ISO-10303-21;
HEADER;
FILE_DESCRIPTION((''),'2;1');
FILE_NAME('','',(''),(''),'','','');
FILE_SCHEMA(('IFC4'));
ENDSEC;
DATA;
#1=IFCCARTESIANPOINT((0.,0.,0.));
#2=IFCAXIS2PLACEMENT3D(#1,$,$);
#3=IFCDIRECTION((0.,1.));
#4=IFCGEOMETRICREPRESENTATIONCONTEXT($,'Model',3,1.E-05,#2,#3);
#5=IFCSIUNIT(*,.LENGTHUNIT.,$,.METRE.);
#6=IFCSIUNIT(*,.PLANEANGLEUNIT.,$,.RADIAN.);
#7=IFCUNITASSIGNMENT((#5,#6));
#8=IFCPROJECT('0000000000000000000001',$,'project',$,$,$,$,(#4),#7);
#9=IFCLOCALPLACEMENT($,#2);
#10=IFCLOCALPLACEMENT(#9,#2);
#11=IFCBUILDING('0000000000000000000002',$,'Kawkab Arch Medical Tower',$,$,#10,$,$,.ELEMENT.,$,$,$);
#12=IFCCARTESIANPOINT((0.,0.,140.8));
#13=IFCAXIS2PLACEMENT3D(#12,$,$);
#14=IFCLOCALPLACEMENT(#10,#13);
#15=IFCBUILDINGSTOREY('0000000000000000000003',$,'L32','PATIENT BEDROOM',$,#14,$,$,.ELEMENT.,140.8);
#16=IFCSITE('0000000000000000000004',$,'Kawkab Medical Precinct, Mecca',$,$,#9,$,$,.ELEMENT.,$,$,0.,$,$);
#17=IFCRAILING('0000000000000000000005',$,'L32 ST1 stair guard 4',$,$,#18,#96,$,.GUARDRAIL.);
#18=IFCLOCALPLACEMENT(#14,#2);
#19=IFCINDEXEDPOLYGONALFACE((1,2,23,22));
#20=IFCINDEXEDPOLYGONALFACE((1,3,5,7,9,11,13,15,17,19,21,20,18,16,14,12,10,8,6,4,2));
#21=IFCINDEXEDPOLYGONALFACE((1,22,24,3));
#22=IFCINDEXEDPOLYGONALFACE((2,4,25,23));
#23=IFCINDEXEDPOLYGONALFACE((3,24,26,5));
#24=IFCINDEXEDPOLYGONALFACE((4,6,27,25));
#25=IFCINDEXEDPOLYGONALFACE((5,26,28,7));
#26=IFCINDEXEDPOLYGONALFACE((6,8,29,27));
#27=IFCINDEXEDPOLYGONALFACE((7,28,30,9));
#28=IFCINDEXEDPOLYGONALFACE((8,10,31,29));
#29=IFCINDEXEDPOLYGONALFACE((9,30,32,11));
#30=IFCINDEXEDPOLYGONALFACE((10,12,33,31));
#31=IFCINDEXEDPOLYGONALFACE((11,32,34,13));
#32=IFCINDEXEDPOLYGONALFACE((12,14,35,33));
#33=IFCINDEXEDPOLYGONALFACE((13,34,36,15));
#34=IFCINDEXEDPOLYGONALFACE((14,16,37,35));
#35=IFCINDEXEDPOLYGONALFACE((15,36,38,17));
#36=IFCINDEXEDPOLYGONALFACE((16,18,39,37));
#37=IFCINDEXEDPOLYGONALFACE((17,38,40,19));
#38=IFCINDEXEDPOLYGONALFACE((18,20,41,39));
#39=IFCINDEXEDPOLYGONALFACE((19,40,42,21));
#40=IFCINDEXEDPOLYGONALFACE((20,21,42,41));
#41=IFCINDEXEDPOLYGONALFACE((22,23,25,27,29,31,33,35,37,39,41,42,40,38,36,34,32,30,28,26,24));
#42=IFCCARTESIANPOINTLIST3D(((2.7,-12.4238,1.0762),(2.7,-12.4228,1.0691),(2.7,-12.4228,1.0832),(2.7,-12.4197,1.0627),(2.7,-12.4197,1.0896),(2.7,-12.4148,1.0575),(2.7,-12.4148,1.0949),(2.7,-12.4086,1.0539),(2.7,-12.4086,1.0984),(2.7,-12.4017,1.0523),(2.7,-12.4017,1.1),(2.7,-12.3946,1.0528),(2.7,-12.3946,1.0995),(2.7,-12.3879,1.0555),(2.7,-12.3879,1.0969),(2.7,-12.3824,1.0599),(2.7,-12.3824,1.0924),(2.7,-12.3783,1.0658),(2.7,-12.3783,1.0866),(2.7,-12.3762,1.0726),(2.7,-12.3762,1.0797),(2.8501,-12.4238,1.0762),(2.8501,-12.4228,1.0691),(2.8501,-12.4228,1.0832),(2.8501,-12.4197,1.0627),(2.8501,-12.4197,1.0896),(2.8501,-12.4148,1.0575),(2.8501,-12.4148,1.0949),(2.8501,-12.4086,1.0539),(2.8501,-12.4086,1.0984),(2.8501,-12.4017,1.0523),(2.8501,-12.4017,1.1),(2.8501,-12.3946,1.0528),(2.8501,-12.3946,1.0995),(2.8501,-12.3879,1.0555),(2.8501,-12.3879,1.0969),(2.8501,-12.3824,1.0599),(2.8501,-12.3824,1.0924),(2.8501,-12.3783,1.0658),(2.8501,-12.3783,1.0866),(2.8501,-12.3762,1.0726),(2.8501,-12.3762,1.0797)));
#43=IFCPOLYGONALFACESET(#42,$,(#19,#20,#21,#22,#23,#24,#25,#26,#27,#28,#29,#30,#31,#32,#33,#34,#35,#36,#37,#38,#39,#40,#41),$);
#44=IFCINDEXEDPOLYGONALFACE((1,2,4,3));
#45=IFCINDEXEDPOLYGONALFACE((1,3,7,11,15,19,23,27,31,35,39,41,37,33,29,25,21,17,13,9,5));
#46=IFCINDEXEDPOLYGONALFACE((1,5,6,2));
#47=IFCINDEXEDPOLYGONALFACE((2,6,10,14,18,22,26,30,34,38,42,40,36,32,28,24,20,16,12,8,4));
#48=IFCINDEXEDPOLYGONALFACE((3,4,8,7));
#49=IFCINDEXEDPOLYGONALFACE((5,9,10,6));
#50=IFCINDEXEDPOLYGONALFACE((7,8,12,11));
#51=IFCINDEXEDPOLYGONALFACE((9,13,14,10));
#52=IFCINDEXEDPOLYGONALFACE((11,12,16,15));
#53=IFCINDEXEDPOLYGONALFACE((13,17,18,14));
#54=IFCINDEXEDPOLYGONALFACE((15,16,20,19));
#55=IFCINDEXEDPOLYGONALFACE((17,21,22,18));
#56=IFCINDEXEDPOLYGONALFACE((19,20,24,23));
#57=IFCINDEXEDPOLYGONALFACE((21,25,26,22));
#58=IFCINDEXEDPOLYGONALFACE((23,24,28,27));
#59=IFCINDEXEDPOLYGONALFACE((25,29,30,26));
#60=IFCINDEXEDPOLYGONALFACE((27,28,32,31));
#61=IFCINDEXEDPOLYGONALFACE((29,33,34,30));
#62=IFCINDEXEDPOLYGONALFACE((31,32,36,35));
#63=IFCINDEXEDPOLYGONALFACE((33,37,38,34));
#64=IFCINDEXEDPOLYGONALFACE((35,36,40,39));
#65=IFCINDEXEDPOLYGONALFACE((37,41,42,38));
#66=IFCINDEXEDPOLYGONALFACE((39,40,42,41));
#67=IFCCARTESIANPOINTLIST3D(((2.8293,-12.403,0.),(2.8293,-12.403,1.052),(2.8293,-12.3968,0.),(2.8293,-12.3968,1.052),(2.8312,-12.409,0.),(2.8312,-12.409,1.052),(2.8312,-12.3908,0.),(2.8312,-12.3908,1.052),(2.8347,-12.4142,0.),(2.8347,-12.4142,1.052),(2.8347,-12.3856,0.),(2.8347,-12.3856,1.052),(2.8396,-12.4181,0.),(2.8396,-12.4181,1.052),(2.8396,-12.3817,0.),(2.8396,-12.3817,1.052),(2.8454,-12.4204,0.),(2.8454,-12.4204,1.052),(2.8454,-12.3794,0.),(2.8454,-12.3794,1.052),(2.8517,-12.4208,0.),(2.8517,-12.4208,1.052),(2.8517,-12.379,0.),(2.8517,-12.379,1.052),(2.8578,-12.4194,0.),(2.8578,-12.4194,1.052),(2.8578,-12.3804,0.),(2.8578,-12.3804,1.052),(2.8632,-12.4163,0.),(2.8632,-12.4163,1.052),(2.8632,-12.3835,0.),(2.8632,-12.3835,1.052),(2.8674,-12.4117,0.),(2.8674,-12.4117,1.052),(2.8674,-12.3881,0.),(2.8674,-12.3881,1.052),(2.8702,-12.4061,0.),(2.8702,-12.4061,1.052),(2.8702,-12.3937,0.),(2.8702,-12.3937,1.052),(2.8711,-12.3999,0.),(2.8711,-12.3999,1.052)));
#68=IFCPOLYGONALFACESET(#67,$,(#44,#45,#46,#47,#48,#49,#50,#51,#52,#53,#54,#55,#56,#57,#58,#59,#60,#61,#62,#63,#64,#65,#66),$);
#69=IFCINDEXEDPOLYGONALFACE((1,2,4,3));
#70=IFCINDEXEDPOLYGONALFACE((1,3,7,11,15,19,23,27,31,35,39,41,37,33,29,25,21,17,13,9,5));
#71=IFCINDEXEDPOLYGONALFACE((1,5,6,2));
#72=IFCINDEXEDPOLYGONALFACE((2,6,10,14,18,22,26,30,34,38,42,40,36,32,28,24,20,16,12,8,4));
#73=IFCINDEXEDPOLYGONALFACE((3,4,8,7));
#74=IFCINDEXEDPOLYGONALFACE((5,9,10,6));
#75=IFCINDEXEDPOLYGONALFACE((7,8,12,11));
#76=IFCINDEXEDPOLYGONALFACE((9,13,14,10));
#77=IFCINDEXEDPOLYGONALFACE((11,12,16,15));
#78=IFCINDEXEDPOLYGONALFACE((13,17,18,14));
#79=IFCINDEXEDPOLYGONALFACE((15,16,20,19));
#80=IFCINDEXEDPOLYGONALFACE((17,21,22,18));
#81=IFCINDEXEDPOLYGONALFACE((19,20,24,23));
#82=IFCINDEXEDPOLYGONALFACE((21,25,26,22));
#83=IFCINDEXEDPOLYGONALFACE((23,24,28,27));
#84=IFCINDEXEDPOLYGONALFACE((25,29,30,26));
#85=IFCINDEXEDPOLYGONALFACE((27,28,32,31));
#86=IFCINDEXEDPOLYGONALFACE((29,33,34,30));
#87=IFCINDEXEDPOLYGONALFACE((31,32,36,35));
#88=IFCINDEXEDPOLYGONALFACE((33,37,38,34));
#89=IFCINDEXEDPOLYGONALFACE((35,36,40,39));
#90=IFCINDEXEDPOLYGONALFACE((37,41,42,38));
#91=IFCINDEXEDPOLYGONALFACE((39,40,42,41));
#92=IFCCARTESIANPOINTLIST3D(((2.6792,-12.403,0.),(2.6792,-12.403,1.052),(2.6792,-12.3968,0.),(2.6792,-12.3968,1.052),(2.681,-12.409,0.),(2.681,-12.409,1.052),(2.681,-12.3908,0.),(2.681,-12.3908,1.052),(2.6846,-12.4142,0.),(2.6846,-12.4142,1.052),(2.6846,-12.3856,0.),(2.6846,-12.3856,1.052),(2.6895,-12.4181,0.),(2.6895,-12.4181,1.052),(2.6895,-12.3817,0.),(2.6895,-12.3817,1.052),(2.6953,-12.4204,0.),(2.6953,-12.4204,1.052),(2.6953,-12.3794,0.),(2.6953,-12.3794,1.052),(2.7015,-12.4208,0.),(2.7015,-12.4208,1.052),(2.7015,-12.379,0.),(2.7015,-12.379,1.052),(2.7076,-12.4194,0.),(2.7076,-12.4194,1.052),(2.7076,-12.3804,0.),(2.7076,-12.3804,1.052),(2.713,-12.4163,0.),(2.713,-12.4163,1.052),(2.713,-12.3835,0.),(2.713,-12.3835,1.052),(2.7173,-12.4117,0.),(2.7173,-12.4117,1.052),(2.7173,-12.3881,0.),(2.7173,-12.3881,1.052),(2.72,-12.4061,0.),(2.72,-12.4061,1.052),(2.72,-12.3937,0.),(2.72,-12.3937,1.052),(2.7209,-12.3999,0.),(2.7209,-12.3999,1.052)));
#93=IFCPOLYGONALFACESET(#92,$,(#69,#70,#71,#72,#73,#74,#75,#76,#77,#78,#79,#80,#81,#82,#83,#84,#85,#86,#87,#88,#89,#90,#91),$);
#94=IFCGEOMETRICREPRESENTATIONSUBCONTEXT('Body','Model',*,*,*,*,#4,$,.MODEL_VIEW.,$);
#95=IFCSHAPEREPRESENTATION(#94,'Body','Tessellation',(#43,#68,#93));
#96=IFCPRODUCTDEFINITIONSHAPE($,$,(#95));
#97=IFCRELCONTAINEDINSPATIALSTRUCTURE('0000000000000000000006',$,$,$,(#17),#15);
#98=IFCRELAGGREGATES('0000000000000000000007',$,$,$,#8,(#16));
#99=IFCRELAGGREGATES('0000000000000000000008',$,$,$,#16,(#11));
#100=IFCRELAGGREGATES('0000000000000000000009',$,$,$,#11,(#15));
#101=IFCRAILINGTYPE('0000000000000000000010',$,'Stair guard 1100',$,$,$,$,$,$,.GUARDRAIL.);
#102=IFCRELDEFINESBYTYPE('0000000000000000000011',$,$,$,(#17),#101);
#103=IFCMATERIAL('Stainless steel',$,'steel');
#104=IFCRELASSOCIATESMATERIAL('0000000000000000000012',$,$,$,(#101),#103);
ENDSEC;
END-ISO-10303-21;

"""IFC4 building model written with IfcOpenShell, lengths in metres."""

from ifc_helpers import new_model, si_unit, direction, frame, origin, origin_2d, place, context, subcontext, project, spatial, circle, extrude, material, type_object, element, save


model = new_model("IFC4")

# Units and contexts
model_context = context("Model", 3, precision=1e-05, world=origin(), true_north=direction((0.0, 1.0)))
body_context = subcontext(model_context, "Body", "Model", "MODEL_VIEW")
ifc_project = project(units=[si_unit("LENGTHUNIT", "METRE"), si_unit("PLANEANGLEUNIT", "RADIAN")], contexts=[model_context])

# Site, building, storey
site_placement = place(None, origin())
site = spatial("IfcSite", under=ifc_project, at=site_placement, Name="Kawkab Medical Precinct, Mecca", CompositionType="ELEMENT", RefElevation=0.0)
building_placement = place(site_placement, origin())
building = spatial("IfcBuilding", under=site, at=building_placement, Name="Kawkab Arch Medical Tower", CompositionType="ELEMENT")
storey_placement = place(building_placement, frame((0.0, 0.0, 140.8)))
storey = spatial("IfcBuildingStorey", under=building, at=storey_placement, Name="L32", Description="PATIENT BEDROOM", CompositionType="ELEMENT", Elevation=140.8)

# Railing
ifc_material_1 = material(Name="Stainless steel", Category="steel")
railing_type_1 = type_object("IfcRailingType", Name="Stair guard 1100", PredefinedType="GUARDRAIL", material=ifc_material_1)
railing_1_placement = place(storey_placement, frame((2.8501, -12.3999, 0.0)))
element("IfcRailing", 1, at=railing_1_placement, inside=storey, type_object=railing_type_1, Name="L32 ST1 stair guard 4", PredefinedType="GUARDRAIL", context=body_context, shape_type="SweptSolid", body=[
    extrude(circle(Radius=0.0239, at=origin_2d()), frame((0.0, 0.0, 1.0762), z_axis=(-1.0, 0.0, 0.0), x_axis=(0.0, -1.0, 0.0)), (0.0, 0.0, 1.0), 0.1501),
    extrude(circle(Radius=0.021, at=origin_2d()), origin(), (0.0, 0.0, 1.0), 1.052),
    extrude(circle(Radius=0.021, at=origin_2d()), frame((-0.1501, 0.0, 0.0)), (0.0, 0.0, 1.0), 1.052),
])

save(model, "model.ifc")
